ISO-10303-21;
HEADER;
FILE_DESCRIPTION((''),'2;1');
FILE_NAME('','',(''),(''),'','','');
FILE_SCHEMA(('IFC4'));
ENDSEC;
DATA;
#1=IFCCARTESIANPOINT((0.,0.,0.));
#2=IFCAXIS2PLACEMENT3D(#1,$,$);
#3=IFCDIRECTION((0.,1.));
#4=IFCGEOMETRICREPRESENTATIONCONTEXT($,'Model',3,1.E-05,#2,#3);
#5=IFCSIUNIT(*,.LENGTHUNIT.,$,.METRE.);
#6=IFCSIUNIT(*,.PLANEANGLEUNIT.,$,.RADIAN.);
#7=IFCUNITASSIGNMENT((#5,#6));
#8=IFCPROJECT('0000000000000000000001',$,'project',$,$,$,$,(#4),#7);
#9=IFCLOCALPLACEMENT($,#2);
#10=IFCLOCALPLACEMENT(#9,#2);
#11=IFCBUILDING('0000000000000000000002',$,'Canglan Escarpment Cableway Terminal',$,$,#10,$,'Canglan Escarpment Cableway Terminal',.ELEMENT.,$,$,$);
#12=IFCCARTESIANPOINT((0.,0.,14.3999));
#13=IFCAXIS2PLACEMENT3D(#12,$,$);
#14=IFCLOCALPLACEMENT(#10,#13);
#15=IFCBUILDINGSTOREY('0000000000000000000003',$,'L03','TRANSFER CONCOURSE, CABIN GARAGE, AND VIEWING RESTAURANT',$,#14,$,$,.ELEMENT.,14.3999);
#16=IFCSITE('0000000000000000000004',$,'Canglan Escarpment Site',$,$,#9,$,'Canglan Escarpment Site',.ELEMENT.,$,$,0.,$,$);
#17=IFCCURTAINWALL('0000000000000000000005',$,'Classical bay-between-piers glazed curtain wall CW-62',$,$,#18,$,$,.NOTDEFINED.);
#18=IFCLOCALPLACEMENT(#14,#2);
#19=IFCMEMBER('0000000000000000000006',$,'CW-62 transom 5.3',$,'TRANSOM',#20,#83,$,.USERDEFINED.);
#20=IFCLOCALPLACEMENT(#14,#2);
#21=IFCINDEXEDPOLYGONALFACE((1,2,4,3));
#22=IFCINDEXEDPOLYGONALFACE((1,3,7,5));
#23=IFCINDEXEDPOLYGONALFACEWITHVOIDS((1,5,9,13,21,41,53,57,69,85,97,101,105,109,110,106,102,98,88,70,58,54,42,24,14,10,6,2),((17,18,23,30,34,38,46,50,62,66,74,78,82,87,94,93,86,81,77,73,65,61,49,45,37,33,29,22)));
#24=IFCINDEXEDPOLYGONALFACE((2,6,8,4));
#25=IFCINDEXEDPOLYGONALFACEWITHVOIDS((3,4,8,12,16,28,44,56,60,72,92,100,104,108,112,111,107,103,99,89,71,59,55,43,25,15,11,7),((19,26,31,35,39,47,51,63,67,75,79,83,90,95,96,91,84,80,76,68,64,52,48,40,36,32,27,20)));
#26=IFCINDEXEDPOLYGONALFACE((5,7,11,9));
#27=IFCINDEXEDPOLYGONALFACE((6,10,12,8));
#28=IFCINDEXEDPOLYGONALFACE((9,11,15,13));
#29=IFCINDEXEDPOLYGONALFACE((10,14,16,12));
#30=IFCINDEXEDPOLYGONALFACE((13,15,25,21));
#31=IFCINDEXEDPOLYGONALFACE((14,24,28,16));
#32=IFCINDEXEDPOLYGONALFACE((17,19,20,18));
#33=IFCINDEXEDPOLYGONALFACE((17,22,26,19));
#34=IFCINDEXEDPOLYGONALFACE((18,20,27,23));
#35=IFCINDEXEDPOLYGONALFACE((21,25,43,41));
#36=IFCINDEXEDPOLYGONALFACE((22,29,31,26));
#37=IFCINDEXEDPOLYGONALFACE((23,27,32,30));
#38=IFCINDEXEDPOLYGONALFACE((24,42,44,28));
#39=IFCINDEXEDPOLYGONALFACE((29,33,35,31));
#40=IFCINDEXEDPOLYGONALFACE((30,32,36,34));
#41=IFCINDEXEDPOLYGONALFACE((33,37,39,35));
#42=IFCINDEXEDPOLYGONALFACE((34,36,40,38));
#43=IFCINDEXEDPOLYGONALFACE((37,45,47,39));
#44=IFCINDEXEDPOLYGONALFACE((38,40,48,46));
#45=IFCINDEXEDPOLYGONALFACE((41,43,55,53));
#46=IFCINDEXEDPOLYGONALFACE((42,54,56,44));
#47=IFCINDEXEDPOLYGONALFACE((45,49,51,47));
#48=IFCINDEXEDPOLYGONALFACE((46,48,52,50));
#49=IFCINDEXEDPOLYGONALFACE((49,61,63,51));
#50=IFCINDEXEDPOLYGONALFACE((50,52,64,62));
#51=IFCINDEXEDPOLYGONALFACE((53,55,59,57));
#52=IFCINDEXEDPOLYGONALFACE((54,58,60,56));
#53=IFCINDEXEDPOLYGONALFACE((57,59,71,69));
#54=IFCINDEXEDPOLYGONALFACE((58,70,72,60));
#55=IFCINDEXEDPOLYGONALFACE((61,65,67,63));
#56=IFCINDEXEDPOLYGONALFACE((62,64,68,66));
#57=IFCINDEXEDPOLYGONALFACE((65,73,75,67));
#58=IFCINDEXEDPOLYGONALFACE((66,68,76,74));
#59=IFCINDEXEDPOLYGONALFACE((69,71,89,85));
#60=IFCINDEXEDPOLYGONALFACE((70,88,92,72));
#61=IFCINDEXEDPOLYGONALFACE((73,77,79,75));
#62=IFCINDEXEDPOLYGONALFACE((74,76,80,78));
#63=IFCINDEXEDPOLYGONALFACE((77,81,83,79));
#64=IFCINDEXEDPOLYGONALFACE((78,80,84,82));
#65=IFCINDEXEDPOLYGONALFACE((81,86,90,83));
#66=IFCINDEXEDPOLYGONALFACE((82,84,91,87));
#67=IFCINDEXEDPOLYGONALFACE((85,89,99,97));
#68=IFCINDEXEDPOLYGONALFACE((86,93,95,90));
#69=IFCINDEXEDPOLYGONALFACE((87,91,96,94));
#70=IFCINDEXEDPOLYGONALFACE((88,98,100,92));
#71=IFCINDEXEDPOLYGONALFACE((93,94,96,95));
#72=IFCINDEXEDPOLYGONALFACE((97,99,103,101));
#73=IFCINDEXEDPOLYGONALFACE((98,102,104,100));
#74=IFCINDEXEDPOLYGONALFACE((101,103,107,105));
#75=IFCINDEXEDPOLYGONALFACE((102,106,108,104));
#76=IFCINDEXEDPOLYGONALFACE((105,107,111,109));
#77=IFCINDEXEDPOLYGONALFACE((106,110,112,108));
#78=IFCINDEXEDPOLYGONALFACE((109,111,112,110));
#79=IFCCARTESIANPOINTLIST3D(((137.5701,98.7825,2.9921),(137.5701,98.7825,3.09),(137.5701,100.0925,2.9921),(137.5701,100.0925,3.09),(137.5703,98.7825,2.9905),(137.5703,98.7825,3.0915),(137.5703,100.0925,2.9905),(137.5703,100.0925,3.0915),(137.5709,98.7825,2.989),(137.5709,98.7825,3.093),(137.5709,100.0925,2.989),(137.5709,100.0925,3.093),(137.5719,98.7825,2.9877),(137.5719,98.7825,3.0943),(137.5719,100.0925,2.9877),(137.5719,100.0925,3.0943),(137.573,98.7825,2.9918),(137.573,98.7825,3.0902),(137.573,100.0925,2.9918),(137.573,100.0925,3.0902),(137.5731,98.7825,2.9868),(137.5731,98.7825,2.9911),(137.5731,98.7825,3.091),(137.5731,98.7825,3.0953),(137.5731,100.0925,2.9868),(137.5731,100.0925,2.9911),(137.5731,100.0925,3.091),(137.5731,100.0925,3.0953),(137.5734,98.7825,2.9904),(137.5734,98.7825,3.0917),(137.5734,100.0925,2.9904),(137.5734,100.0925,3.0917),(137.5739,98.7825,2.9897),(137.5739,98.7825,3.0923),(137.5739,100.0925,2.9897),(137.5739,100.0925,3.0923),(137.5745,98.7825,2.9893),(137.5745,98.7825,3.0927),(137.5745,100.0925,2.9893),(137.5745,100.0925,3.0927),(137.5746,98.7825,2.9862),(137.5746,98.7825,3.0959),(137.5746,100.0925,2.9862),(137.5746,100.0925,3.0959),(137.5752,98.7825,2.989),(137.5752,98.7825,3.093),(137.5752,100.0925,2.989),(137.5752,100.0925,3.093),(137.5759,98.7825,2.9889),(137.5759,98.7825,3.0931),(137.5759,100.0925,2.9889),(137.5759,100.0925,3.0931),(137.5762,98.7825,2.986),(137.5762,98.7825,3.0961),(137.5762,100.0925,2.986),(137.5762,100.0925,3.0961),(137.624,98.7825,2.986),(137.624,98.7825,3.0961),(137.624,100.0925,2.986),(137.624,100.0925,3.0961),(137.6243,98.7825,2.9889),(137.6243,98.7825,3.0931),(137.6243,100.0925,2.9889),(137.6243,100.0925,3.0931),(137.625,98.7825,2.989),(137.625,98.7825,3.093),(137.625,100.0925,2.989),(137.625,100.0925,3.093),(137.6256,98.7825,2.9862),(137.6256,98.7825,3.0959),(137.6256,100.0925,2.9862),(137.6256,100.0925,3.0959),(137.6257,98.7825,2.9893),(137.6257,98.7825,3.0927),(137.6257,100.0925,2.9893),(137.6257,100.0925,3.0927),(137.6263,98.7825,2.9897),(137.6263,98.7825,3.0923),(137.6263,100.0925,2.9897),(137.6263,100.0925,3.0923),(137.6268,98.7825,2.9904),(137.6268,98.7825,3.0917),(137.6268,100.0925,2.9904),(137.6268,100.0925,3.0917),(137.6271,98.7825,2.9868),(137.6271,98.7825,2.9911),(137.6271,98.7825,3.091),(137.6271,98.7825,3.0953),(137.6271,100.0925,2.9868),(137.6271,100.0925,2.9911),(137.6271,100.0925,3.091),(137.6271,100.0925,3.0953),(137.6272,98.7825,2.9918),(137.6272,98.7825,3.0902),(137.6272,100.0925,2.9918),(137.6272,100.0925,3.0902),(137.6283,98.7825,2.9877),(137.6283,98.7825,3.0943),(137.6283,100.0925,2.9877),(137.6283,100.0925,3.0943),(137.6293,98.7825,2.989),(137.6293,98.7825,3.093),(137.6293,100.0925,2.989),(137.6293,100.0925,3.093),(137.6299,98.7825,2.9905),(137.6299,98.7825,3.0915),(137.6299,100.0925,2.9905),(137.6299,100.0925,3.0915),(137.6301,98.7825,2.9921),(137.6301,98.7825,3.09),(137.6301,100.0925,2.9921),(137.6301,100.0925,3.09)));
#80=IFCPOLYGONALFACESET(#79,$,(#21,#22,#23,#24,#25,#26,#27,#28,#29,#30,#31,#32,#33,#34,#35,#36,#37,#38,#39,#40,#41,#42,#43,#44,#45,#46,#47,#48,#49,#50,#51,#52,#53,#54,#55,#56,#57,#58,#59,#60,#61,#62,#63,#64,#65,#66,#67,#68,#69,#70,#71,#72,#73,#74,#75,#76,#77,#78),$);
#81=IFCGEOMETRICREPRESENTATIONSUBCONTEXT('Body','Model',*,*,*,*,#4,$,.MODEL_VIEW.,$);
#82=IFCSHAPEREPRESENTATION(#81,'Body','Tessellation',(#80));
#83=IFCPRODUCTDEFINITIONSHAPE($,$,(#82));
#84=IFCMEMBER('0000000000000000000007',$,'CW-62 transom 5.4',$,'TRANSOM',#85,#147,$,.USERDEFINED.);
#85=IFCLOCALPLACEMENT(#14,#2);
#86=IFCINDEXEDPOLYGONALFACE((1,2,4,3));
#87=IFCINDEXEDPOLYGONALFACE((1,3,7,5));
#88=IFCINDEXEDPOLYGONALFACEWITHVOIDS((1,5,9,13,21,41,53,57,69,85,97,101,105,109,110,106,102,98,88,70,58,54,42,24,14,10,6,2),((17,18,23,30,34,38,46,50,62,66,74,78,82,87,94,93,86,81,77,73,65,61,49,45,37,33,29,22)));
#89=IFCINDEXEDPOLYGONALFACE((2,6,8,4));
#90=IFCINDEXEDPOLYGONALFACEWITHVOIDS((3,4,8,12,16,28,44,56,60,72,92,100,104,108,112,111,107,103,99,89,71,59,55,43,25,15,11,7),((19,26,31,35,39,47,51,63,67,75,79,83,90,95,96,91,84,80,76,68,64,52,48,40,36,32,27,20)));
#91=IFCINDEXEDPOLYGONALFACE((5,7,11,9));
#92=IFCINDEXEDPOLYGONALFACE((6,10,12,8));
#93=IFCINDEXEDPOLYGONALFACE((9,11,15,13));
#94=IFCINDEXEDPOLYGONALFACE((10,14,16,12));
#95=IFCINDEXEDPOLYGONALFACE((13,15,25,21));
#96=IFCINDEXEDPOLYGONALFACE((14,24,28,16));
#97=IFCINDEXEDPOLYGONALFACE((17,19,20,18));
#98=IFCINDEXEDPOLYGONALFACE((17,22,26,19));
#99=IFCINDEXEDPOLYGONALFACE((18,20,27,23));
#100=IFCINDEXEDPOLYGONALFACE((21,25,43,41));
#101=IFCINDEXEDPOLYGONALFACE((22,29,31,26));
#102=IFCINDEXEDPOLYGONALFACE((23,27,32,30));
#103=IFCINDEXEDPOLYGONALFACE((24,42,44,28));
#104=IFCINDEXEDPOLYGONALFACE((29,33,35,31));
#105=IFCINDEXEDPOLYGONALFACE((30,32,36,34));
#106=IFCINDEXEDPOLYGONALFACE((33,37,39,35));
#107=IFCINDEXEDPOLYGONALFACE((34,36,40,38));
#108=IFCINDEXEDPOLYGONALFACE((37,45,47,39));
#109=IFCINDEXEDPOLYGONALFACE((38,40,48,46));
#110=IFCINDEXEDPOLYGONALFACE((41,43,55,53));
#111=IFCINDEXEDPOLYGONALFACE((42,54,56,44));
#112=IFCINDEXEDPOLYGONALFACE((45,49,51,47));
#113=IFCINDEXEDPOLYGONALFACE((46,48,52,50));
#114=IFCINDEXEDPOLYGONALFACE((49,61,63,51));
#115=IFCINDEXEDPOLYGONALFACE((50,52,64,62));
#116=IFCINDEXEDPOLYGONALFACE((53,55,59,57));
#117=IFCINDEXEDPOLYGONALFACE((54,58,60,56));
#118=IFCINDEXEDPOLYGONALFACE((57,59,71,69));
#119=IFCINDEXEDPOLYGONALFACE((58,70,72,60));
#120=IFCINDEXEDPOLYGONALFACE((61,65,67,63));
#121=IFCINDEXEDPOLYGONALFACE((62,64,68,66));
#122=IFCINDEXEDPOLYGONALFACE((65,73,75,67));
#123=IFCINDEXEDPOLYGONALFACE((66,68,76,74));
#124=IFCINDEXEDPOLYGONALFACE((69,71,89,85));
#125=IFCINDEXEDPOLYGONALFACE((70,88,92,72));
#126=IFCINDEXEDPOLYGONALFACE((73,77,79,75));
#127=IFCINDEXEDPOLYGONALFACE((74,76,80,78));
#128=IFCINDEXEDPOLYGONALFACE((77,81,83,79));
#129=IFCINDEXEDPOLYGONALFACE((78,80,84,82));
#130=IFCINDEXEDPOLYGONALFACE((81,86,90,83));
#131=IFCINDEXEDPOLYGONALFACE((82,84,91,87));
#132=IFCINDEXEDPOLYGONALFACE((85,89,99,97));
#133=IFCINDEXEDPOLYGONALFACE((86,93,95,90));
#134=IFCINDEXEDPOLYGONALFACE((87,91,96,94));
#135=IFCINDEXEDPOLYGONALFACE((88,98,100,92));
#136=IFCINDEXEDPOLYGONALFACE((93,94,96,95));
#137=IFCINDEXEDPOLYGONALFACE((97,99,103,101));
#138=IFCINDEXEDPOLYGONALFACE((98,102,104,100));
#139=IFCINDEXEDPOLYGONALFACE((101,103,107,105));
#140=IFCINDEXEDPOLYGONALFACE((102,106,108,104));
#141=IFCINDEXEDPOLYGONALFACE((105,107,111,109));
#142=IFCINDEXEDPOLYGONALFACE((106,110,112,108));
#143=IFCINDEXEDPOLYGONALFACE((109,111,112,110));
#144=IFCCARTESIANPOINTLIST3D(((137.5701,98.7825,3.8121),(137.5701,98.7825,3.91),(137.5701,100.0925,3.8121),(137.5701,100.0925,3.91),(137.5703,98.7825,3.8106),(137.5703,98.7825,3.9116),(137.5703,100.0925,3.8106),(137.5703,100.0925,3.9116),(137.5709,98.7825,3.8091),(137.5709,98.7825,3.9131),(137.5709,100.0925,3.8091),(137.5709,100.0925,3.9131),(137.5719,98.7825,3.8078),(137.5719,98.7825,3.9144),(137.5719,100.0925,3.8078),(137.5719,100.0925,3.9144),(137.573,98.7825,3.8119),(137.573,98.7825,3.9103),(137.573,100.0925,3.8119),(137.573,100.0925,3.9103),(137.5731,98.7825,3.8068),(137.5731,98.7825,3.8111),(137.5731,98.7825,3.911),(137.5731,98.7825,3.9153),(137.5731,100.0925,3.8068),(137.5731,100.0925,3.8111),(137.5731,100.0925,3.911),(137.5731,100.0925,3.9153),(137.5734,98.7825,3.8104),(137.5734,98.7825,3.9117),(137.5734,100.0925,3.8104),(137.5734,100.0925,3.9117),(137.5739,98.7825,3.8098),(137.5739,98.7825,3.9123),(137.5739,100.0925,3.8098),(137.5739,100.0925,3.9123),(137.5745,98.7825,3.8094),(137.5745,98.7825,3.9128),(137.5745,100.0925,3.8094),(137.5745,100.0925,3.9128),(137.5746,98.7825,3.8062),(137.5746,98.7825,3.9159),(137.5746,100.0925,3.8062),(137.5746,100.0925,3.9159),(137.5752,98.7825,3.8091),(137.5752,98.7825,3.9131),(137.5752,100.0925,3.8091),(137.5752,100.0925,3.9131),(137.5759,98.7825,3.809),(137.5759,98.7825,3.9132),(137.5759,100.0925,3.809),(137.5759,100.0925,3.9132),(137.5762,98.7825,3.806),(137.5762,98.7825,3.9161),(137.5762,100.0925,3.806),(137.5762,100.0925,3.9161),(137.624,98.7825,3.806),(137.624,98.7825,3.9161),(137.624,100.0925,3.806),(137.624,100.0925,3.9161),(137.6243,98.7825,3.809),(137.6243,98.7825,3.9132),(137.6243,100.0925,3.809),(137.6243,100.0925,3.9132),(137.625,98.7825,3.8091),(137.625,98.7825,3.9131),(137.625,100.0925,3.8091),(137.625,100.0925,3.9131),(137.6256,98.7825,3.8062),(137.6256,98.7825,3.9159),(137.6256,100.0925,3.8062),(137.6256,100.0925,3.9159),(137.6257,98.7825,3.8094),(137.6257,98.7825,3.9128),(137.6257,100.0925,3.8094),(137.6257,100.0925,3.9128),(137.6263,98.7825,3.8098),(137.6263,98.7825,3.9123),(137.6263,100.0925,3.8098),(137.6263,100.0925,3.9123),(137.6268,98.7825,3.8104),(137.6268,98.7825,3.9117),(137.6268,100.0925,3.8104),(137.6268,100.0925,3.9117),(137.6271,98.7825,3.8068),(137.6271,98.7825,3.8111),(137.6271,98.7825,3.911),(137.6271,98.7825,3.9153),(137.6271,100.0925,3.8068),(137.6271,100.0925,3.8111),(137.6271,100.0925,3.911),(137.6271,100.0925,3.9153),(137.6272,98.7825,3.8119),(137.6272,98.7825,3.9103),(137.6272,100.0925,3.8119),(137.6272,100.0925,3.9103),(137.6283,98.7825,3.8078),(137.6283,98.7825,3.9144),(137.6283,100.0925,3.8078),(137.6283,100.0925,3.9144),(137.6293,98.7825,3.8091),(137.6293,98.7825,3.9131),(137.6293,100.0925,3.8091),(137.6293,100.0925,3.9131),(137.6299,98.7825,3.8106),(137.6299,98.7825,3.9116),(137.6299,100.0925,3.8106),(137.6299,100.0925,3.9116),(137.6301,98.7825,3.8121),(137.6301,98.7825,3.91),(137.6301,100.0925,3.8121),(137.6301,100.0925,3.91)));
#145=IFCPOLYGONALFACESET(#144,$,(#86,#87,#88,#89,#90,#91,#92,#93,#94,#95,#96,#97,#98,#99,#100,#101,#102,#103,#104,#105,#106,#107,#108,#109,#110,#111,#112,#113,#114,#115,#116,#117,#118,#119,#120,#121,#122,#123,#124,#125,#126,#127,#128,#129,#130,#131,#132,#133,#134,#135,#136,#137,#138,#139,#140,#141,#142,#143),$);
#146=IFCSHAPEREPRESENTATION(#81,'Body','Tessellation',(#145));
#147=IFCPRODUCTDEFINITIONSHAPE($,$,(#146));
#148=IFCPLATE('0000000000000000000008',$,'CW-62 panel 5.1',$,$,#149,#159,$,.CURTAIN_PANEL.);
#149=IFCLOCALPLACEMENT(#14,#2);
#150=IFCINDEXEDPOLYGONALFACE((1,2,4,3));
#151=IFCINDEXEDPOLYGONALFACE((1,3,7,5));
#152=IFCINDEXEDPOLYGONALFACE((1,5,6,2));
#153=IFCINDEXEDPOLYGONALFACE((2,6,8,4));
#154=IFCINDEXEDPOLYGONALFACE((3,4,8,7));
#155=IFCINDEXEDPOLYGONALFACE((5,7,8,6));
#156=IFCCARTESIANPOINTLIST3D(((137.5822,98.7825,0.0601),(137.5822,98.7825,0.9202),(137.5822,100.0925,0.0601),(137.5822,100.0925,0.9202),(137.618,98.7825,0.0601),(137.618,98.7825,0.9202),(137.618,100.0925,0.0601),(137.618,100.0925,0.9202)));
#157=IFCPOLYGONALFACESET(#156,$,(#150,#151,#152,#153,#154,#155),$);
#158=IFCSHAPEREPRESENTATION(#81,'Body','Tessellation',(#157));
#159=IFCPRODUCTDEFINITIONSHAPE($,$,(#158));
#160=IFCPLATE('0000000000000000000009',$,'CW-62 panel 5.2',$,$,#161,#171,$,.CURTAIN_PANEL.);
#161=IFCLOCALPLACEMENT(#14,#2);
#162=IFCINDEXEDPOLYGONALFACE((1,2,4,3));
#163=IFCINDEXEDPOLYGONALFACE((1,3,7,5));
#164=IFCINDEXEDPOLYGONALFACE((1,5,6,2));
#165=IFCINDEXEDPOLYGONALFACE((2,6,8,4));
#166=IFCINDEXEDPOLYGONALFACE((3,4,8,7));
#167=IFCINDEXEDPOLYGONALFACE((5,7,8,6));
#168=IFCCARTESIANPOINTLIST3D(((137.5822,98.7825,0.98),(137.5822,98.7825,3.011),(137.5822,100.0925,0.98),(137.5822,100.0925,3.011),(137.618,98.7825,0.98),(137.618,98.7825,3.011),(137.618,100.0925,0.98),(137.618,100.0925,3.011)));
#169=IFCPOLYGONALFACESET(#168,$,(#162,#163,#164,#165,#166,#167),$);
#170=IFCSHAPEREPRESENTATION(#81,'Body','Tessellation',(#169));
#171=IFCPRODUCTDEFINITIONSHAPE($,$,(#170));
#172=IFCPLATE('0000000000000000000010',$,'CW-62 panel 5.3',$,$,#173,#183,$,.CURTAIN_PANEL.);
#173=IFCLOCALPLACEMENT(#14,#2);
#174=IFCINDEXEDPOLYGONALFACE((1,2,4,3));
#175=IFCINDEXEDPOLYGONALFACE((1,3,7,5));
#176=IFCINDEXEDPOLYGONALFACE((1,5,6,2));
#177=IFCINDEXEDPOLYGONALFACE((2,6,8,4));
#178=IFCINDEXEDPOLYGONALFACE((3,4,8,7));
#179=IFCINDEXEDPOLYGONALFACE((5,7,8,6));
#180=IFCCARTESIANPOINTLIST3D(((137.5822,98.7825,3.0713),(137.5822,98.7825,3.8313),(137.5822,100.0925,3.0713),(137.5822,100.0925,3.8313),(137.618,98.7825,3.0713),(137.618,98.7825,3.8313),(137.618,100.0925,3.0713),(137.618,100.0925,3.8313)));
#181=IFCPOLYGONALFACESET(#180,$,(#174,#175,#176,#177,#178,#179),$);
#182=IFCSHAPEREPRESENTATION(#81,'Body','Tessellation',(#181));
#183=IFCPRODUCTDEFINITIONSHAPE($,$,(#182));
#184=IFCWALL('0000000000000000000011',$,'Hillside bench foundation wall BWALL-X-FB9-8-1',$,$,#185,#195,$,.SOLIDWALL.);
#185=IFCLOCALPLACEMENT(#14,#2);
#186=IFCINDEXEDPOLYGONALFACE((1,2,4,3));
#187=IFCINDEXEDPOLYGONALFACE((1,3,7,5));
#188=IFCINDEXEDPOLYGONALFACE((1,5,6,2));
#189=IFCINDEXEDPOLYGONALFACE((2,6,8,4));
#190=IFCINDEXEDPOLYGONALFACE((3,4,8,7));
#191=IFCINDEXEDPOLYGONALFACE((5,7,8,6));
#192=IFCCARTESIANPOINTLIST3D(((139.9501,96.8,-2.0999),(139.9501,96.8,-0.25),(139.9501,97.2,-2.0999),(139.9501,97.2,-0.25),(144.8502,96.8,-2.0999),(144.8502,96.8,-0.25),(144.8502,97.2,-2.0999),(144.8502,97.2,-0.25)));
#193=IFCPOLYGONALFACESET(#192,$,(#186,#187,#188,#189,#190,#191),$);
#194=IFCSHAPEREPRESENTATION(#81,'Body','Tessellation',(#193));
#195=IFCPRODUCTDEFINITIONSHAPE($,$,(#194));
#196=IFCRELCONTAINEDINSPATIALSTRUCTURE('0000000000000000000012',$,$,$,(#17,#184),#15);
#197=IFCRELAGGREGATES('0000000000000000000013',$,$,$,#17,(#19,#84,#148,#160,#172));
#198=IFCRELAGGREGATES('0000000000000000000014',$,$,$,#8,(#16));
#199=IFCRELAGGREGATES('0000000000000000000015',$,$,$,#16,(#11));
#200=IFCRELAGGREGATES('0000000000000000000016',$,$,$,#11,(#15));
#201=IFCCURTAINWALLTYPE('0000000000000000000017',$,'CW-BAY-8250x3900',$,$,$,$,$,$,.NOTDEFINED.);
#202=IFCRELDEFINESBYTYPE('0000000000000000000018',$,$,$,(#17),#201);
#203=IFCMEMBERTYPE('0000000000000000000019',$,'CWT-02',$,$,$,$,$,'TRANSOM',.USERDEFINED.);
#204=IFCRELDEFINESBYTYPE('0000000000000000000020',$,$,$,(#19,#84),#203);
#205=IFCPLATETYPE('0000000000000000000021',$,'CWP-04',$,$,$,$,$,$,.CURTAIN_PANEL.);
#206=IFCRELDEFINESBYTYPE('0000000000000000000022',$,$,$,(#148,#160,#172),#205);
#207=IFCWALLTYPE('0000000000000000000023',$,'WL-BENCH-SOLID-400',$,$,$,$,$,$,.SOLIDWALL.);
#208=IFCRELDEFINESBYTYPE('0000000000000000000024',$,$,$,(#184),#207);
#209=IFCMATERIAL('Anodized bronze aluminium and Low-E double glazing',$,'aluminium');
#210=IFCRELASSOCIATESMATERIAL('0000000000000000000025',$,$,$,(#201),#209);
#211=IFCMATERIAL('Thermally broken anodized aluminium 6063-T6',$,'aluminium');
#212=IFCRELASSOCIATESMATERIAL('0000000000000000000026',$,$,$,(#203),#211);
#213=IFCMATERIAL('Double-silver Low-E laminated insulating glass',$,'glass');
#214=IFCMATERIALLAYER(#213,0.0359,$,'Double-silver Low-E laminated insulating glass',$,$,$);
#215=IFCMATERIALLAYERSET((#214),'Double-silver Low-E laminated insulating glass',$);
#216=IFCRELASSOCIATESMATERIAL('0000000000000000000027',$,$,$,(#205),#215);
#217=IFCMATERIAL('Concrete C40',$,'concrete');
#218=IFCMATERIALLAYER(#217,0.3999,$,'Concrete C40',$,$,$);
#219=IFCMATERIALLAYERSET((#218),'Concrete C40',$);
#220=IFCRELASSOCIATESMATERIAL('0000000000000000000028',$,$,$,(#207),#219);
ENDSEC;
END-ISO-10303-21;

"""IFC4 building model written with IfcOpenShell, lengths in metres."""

from ifc_helpers import new_model, si_unit, direction, frame, frame_2d, origin, origin_2d, place, context, subcontext, project, spatial, rectangle, hollow_rectangle, extrude, material, layer, layer_set, material_profile, profile_set, type_object, element, aggregate, save


model = new_model("IFC4")

# Units and contexts
model_context = context("Model", 3, precision=1e-05, world=origin(), true_north=direction((0.0, 1.0)))
body_context = subcontext(model_context, "Body", "Model", "MODEL_VIEW")
ifc_project = project(units=[si_unit("LENGTHUNIT", "METRE"), si_unit("PLANEANGLEUNIT", "RADIAN")], contexts=[model_context])

# Site, building, storey
site_placement = place(None, origin())
site = spatial("IfcSite", under=ifc_project, at=site_placement, Name="Canglan Escarpment Site", LongName="Canglan Escarpment Site", CompositionType="ELEMENT", RefElevation=0.0)
building_placement = place(site_placement, origin())
building = spatial("IfcBuilding", under=site, at=building_placement, Name="Canglan Escarpment Cableway Terminal", LongName="Canglan Escarpment Cableway Terminal", CompositionType="ELEMENT")
storey_placement = place(building_placement, frame((0.0, 0.0, 14.3999)))
storey = spatial("IfcBuildingStorey", under=building, at=storey_placement, Name="L03", Description="TRANSFER CONCOURSE, CABIN GARAGE, AND VIEWING RESTAURANT", CompositionType="ELEMENT", Elevation=14.3999)

# Shared definitions
ifc_material_1 = material(Name="Concrete C40", Category="concrete")

# Curtain wall, members, plates
ifc_material_2 = material(Name="Anodized bronze aluminium and Low-E double glazing", Category="aluminium")
curtain_wall_type = type_object("IfcCurtainWallType", Name="CW-BAY-8250x3900", PredefinedType="NOTDEFINED", material=ifc_material_2)
curtain_wall_placement = place(storey_placement, origin())
curtain_wall = element("IfcCurtainWall", 1, at=curtain_wall_placement, inside=storey, type_object=curtain_wall_type, Name="Classical bay-between-piers glazed curtain wall CW-62", PredefinedType="NOTDEFINED")
ifc_material_3 = material(Name="Thermally broken anodized aluminium 6063-T6", Category="aluminium")
ifc_material_profile_1 = material_profile(ifc_material_3, hollow_rectangle(XDim=0.0601, YDim=0.1101, WallThickness=0.0029, InnerFilletRadius=0.0029, OuterFilletRadius=0.0061, at=origin_2d()), Name="ALU-TRAN 60x110x3")
ifc_profile_set_1 = profile_set([ifc_material_profile_1], Name="Thermally broken anodized aluminium 6063-T6")
member_type_1 = type_object("IfcMemberType", Name="CWT-02", ElementType="TRANSOM", PredefinedType="USERDEFINED", material=ifc_profile_set_1)
member_1_placement = place(storey_placement, frame((137.6001, 100.0925, 3.041), z_axis=(0.0, -1.0, 0.0), x_axis=(1.0, 0.0, 0.0)))
member_1 = element("IfcMember", 2, at=member_1_placement, type_object=member_type_1, Name="CW-62 transom 5.3", ObjectType="TRANSOM", PredefinedType="USERDEFINED", context=body_context, shape_type="SweptSolid", body=[
    extrude(hollow_rectangle(XDim=0.0601, YDim=0.1101, WallThickness=0.0029, InnerFilletRadius=0.0029, OuterFilletRadius=0.0061, at=origin_2d()), origin(), (0.0, 0.0, 1.0), 1.3101),
])
member_2_placement = place(storey_placement, frame((137.6001, 100.0925, 3.8611), z_axis=(0.0, -1.0, 0.0), x_axis=(1.0, 0.0, 0.0)))
member_2 = element("IfcMember", 3, at=member_2_placement, type_object=member_type_1, Name="CW-62 transom 5.4", ObjectType="TRANSOM", PredefinedType="USERDEFINED", context=body_context, shape_type="SweptSolid", body=[
    extrude(hollow_rectangle(XDim=0.0601, YDim=0.1101, WallThickness=0.0029, InnerFilletRadius=0.0029, OuterFilletRadius=0.0061, at=origin_2d()), origin(), (0.0, 0.0, 1.0), 1.3101),
])
ifc_material_4 = material(Name="Double-silver Low-E laminated insulating glass", Category="glass")
ifc_layer_1 = layer(ifc_material_4, 0.0359, Name="Double-silver Low-E laminated insulating glass")
ifc_layer_set_1 = layer_set([ifc_layer_1], Name="Double-silver Low-E laminated insulating glass")
plate_type = type_object("IfcPlateType", Name="CWP-04", PredefinedType="CURTAIN_PANEL", material=ifc_layer_set_1)
plate_1_placement = place(storey_placement, frame((137.6001, 99.4375, 0.0601), z_axis=(0.0, 0.0, 1.0), x_axis=(0.0, -1.0, 0.0)))
plate_1 = element("IfcPlate", 4, at=plate_1_placement, type_object=plate_type, Name="CW-62 panel 5.1", PredefinedType="CURTAIN_PANEL", context=body_context, shape_type="SweptSolid", body=[
    extrude(rectangle(XDim=1.3101, YDim=0.0359, at=origin_2d()), origin(), (0.0, 0.0, 1.0), 0.8601),
])
plate_2_placement = place(storey_placement, frame((137.6001, 99.4375, 0.98), z_axis=(0.0, 0.0, 1.0), x_axis=(0.0, -1.0, 0.0)))
plate_2 = element("IfcPlate", 5, at=plate_2_placement, type_object=plate_type, Name="CW-62 panel 5.2", PredefinedType="CURTAIN_PANEL", context=body_context, shape_type="SweptSolid", body=[
    extrude(rectangle(XDim=1.3101, YDim=0.0359, at=origin_2d()), origin(), (0.0, 0.0, 1.0), 2.031),
])
plate_3_placement = place(storey_placement, frame((137.6001, 99.4375, 3.0713), z_axis=(0.0, 0.0, 1.0), x_axis=(0.0, -1.0, 0.0)))
plate_3 = element("IfcPlate", 6, at=plate_3_placement, type_object=plate_type, Name="CW-62 panel 5.3", PredefinedType="CURTAIN_PANEL", context=body_context, shape_type="SweptSolid", body=[
    extrude(rectangle(XDim=1.3101, YDim=0.0359, at=origin_2d()), origin(), (0.0, 0.0, 1.0), 0.76),
])
aggregate(curtain_wall, [member_1, member_2, plate_1, plate_2, plate_3])

# Wall
ifc_layer_2 = layer(ifc_material_1, 0.3999, Name="Concrete C40")
ifc_layer_set_2 = layer_set([ifc_layer_2], Name="Concrete C40")
wall_type_1 = type_object("IfcWallType", Name="WL-BENCH-SOLID-400", PredefinedType="SOLIDWALL", material=ifc_layer_set_2)
wall_1_placement = place(storey_placement, frame((139.95, 97.0, -2.0999), z_axis=(0.0, 0.0, 1.0), x_axis=(1.0, 0.0, 0.0)))
element("IfcWall", 7, at=wall_1_placement, inside=storey, type_object=wall_type_1, Name="Hillside bench foundation wall BWALL-X-FB9-8-1", PredefinedType="SOLIDWALL", context=body_context, shape_type="SweptSolid", body=[
    extrude(rectangle(XDim=4.9001, YDim=0.3999, at=frame_2d((2.4502, 0.0))), origin(), (0.0, 0.0, 1.0), 1.8499),
])

save(model, "model.ifc")
